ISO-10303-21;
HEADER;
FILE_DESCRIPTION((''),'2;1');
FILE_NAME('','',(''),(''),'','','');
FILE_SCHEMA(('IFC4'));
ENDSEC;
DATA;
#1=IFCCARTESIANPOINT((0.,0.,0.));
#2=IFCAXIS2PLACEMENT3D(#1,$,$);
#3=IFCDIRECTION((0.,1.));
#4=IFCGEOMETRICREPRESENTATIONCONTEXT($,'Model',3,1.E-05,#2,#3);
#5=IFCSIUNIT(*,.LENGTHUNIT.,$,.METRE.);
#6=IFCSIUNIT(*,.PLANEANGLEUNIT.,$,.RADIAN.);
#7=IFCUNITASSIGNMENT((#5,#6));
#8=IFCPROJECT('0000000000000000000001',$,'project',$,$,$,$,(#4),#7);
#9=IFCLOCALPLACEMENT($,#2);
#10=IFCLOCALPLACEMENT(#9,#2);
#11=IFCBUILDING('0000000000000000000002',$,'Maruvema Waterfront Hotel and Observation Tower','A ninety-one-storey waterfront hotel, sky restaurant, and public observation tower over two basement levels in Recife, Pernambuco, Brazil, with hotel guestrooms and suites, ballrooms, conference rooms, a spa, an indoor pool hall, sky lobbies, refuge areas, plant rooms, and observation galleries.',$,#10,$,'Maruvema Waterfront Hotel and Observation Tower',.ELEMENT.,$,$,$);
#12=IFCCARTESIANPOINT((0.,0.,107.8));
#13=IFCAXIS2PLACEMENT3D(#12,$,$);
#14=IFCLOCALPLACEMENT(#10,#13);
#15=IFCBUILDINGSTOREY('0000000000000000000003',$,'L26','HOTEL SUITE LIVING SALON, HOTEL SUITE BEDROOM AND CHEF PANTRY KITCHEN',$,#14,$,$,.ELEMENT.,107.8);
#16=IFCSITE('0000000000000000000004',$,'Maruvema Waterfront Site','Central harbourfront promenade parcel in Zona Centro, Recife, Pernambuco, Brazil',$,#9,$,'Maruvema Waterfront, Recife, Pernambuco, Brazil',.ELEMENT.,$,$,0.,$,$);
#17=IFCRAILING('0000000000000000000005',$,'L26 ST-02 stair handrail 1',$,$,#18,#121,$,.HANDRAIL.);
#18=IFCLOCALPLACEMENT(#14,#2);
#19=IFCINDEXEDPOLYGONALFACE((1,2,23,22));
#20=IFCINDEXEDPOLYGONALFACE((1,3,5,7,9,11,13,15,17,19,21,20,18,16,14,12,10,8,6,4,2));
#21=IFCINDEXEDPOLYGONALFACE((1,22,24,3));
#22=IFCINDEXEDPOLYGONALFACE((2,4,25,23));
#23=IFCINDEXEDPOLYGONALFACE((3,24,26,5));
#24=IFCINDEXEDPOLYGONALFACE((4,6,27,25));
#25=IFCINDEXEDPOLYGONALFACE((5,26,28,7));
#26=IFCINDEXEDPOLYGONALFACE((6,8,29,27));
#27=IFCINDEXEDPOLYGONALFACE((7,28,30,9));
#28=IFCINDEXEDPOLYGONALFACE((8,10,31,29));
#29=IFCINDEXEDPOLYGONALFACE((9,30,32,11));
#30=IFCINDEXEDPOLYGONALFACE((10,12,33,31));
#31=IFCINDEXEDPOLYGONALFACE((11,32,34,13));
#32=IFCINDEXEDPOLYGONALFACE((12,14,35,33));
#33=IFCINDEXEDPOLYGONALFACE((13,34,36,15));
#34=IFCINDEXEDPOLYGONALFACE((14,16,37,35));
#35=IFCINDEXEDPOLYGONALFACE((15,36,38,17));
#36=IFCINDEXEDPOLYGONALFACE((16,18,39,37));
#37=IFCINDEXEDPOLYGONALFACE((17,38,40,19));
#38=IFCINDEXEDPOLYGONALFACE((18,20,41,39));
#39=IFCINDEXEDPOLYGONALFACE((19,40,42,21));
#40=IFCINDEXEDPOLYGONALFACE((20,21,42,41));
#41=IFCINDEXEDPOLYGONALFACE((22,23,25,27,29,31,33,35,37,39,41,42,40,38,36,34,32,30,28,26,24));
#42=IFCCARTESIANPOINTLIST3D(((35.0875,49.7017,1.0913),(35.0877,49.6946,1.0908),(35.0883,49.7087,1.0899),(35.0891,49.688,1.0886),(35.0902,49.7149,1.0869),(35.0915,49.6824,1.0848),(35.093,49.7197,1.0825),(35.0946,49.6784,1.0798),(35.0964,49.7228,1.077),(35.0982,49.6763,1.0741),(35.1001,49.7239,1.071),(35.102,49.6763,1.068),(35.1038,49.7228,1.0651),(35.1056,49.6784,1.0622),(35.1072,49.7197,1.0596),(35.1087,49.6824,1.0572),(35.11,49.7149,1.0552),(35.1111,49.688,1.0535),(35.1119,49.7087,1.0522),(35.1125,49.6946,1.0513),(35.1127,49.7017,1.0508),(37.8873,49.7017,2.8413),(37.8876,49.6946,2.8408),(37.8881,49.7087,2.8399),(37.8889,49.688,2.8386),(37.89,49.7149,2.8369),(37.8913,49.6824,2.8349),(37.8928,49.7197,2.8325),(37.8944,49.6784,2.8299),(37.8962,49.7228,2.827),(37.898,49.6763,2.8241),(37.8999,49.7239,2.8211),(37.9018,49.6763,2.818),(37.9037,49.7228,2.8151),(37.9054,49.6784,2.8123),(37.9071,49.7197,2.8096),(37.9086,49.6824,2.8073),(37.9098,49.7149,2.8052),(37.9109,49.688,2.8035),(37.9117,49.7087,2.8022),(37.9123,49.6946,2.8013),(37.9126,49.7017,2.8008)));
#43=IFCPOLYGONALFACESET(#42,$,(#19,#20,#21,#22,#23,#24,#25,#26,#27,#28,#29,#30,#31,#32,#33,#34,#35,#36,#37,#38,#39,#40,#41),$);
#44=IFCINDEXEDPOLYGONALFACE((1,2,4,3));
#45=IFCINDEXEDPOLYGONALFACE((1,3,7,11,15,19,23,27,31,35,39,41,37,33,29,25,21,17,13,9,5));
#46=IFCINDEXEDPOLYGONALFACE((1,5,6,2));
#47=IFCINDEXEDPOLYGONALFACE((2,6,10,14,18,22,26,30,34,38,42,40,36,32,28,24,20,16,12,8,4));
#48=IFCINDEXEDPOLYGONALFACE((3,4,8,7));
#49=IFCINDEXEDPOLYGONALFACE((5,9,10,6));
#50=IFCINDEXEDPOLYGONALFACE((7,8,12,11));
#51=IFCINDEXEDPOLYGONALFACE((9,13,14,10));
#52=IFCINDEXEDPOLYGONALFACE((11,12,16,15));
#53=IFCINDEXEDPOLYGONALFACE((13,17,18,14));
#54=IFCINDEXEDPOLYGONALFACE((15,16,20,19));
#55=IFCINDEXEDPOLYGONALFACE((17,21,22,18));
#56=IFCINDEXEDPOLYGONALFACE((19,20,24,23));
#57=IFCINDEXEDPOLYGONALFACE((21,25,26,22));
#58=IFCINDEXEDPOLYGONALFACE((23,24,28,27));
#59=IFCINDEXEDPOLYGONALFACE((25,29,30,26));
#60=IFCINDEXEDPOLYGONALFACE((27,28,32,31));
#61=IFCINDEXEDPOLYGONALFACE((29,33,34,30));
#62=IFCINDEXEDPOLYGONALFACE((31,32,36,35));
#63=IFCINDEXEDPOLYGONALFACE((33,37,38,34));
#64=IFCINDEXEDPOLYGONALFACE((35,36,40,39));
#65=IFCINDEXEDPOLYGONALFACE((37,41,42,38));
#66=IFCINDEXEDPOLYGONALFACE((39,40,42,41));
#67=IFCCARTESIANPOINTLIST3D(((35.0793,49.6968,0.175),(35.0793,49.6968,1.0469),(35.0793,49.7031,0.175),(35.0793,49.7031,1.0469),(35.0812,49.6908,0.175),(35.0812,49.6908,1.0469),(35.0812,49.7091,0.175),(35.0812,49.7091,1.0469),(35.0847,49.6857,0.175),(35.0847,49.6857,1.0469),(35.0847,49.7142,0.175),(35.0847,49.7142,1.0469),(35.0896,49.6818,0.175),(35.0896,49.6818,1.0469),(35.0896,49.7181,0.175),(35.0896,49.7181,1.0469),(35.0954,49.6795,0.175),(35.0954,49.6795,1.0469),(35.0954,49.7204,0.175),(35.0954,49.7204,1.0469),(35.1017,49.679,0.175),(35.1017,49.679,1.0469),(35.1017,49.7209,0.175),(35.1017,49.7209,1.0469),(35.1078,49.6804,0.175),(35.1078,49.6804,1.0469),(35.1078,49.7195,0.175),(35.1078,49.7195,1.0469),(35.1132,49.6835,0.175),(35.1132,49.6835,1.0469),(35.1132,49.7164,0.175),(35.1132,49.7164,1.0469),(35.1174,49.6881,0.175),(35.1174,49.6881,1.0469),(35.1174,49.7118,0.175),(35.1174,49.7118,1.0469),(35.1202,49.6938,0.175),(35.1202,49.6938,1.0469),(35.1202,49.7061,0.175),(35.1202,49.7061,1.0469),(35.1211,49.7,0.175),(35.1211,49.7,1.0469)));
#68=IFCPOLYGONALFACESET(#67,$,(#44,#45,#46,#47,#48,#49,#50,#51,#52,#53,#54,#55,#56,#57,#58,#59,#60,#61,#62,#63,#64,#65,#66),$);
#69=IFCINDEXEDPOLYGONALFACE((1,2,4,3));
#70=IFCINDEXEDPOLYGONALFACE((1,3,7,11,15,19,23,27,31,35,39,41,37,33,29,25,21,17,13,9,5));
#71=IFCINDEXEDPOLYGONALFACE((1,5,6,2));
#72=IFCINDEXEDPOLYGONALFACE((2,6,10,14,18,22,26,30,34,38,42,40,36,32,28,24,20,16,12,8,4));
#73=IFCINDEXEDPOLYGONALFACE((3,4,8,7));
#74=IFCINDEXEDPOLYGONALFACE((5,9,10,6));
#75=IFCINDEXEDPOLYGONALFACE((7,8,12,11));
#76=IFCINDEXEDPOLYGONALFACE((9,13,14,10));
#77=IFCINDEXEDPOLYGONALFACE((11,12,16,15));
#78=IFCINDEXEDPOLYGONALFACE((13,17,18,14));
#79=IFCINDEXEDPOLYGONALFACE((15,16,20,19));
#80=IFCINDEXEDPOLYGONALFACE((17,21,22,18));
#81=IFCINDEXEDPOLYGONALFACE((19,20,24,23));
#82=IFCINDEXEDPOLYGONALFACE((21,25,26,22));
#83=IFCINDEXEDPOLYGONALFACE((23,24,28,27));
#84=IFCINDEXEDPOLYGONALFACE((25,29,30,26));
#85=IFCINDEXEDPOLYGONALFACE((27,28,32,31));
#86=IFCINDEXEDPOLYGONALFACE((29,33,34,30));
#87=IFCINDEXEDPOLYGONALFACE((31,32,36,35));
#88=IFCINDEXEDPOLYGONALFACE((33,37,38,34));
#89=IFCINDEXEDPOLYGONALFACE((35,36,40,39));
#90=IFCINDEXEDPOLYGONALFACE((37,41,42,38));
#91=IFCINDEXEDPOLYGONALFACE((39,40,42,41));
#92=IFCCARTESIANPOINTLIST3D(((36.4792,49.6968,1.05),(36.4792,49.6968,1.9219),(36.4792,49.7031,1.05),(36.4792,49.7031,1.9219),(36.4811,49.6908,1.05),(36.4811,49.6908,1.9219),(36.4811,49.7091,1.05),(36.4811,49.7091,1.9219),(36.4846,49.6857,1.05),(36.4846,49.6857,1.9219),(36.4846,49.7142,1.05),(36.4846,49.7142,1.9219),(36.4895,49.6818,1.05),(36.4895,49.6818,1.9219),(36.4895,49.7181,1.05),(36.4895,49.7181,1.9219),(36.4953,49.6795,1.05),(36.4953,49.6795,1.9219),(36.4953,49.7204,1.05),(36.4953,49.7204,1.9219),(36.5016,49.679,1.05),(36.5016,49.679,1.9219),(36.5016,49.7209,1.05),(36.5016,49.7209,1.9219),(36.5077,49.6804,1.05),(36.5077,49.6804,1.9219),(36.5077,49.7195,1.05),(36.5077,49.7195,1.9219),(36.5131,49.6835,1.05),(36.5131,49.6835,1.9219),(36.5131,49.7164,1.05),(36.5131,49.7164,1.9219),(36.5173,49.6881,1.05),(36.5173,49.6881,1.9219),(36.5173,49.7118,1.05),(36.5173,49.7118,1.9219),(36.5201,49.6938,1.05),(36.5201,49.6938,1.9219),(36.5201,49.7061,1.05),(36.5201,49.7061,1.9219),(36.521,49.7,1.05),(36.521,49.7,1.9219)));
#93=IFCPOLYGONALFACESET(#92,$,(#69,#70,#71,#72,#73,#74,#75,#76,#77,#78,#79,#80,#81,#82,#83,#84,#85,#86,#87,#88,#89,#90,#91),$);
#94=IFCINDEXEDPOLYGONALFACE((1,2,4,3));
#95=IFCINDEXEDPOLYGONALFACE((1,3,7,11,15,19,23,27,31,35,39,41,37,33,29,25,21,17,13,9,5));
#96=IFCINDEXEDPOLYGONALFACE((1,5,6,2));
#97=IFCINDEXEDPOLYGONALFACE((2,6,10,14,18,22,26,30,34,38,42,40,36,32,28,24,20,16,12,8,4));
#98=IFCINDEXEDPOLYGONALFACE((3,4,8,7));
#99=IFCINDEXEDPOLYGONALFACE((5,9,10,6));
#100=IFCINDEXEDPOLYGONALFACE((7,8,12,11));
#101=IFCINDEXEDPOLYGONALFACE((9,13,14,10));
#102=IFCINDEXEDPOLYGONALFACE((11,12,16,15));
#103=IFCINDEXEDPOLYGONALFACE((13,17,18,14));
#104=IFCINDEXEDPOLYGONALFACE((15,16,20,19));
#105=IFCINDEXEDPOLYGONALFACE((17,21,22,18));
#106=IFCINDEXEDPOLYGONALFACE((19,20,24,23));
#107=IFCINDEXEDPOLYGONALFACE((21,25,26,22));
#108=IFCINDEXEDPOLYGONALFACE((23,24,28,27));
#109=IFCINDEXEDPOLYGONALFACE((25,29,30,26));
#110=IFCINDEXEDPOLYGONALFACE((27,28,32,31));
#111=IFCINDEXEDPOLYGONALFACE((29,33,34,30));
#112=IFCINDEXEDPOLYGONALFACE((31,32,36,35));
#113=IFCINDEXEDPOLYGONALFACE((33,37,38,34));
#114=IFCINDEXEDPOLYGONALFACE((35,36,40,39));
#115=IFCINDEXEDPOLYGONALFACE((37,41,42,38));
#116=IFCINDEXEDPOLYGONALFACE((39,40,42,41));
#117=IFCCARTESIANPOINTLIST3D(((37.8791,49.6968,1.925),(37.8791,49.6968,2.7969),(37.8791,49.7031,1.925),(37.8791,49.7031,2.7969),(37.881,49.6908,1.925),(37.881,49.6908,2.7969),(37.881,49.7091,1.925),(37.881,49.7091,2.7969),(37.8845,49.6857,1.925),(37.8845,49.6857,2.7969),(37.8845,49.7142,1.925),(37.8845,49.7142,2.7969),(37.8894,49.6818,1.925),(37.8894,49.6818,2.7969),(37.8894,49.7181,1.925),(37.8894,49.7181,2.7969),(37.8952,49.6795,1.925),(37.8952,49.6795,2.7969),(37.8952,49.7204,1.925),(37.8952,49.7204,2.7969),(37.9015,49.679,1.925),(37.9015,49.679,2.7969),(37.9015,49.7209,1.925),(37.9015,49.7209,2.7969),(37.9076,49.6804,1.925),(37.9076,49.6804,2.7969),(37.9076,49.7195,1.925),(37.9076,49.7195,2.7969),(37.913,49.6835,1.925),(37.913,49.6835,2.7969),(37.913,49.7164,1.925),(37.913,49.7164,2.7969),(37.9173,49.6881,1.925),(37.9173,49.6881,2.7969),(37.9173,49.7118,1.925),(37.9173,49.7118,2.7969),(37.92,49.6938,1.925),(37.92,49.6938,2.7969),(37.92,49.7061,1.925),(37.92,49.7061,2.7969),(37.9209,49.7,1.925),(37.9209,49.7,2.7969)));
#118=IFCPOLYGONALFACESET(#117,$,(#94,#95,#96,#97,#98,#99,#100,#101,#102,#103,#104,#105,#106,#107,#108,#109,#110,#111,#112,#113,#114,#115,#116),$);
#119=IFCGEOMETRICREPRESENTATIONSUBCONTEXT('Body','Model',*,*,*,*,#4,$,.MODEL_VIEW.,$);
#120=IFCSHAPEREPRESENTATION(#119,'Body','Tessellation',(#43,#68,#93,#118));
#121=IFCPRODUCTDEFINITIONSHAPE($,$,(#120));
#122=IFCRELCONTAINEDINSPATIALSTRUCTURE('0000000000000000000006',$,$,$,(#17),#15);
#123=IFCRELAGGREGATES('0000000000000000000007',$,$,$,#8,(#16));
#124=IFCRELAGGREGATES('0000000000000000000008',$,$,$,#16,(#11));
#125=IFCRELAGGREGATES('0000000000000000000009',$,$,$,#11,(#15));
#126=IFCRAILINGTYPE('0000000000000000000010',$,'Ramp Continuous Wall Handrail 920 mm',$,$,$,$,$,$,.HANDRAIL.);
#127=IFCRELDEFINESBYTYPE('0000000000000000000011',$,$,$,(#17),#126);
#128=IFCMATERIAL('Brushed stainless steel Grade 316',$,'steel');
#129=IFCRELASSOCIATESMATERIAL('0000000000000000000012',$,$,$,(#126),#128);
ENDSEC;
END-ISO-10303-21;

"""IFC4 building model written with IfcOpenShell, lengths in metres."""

from ifc_helpers import new_model, si_unit, direction, frame, origin, origin_2d, place, context, subcontext, project, spatial, circle, extrude, material, type_object, element, save


model = new_model("IFC4")

# Units and contexts
model_context = context("Model", 3, precision=1e-05, world=origin(), true_north=direction((0.0, 1.0)))
body_context = subcontext(model_context, "Body", "Model", "MODEL_VIEW")
ifc_project = project(units=[si_unit("LENGTHUNIT", "METRE"), si_unit("PLANEANGLEUNIT", "RADIAN")], contexts=[model_context])

# Site, building, storey
site_placement = place(None, origin())
site = spatial("IfcSite", under=ifc_project, at=site_placement, Name="Maruvema Waterfront Site", Description="Central harbourfront promenade parcel in Zona Centro, Recife, Pernambuco, Brazil", LongName="Maruvema Waterfront, Recife, Pernambuco, Brazil", CompositionType="ELEMENT", RefElevation=0.0)
building_placement = place(site_placement, origin())
building = spatial("IfcBuilding", under=site, at=building_placement, Name="Maruvema Waterfront Hotel and Observation Tower", Description="A ninety-one-storey waterfront hotel, sky restaurant, and public observation tower over two basement levels in Recife, Pernambuco, Brazil, with hotel guestrooms and suites, ballrooms, conference rooms, a spa, an indoor pool hall, sky lobbies, refuge areas, plant rooms, and observation galleries.", LongName="Maruvema Waterfront Hotel and Observation Tower", CompositionType="ELEMENT")
storey_placement = place(building_placement, frame((0.0, 0.0, 107.8)))
storey = spatial("IfcBuildingStorey", under=building, at=storey_placement, Name="L26", Description="HOTEL SUITE LIVING SALON, HOTEL SUITE BEDROOM AND CHEF PANTRY KITCHEN", CompositionType="ELEMENT", Elevation=107.8)

# Railing
ifc_material_1 = material(Name="Brushed stainless steel Grade 316", Category="steel")
railing_type_1 = type_object("IfcRailingType", Name="Ramp Continuous Wall Handrail 920 mm", PredefinedType="HANDRAIL", material=ifc_material_1)
railing_1_placement = place(storey_placement, frame((35.1001, 49.7, 0.175)))
element("IfcRailing", 1, at=railing_1_placement, inside=storey, type_object=railing_type_1, Name="L26 ST-02 stair handrail 1", PredefinedType="HANDRAIL", context=body_context, shape_type="SweptSolid", body=[
    extrude(circle(Radius=0.0239, at=origin_2d()), frame((0.0, 0.0, 0.896), z_axis=(0.847982, 0.0, 0.530026), x_axis=(0.0, 1.0, 0.0)), (0.0, 0.0, 1.0), 3.3018),
    extrude(circle(Radius=0.021, at=origin_2d()), origin(), (0.0, 0.0, 1.0), 0.8718),
    extrude(circle(Radius=0.021, at=origin_2d()), frame((1.3999, 0.0, 0.875)), (0.0, 0.0, 1.0), 0.8718),
    extrude(circle(Radius=0.021, at=origin_2d()), frame((2.7998, 0.0, 1.75)), (0.0, 0.0, 1.0), 0.8718),
])

save(model, "model.ifc")
